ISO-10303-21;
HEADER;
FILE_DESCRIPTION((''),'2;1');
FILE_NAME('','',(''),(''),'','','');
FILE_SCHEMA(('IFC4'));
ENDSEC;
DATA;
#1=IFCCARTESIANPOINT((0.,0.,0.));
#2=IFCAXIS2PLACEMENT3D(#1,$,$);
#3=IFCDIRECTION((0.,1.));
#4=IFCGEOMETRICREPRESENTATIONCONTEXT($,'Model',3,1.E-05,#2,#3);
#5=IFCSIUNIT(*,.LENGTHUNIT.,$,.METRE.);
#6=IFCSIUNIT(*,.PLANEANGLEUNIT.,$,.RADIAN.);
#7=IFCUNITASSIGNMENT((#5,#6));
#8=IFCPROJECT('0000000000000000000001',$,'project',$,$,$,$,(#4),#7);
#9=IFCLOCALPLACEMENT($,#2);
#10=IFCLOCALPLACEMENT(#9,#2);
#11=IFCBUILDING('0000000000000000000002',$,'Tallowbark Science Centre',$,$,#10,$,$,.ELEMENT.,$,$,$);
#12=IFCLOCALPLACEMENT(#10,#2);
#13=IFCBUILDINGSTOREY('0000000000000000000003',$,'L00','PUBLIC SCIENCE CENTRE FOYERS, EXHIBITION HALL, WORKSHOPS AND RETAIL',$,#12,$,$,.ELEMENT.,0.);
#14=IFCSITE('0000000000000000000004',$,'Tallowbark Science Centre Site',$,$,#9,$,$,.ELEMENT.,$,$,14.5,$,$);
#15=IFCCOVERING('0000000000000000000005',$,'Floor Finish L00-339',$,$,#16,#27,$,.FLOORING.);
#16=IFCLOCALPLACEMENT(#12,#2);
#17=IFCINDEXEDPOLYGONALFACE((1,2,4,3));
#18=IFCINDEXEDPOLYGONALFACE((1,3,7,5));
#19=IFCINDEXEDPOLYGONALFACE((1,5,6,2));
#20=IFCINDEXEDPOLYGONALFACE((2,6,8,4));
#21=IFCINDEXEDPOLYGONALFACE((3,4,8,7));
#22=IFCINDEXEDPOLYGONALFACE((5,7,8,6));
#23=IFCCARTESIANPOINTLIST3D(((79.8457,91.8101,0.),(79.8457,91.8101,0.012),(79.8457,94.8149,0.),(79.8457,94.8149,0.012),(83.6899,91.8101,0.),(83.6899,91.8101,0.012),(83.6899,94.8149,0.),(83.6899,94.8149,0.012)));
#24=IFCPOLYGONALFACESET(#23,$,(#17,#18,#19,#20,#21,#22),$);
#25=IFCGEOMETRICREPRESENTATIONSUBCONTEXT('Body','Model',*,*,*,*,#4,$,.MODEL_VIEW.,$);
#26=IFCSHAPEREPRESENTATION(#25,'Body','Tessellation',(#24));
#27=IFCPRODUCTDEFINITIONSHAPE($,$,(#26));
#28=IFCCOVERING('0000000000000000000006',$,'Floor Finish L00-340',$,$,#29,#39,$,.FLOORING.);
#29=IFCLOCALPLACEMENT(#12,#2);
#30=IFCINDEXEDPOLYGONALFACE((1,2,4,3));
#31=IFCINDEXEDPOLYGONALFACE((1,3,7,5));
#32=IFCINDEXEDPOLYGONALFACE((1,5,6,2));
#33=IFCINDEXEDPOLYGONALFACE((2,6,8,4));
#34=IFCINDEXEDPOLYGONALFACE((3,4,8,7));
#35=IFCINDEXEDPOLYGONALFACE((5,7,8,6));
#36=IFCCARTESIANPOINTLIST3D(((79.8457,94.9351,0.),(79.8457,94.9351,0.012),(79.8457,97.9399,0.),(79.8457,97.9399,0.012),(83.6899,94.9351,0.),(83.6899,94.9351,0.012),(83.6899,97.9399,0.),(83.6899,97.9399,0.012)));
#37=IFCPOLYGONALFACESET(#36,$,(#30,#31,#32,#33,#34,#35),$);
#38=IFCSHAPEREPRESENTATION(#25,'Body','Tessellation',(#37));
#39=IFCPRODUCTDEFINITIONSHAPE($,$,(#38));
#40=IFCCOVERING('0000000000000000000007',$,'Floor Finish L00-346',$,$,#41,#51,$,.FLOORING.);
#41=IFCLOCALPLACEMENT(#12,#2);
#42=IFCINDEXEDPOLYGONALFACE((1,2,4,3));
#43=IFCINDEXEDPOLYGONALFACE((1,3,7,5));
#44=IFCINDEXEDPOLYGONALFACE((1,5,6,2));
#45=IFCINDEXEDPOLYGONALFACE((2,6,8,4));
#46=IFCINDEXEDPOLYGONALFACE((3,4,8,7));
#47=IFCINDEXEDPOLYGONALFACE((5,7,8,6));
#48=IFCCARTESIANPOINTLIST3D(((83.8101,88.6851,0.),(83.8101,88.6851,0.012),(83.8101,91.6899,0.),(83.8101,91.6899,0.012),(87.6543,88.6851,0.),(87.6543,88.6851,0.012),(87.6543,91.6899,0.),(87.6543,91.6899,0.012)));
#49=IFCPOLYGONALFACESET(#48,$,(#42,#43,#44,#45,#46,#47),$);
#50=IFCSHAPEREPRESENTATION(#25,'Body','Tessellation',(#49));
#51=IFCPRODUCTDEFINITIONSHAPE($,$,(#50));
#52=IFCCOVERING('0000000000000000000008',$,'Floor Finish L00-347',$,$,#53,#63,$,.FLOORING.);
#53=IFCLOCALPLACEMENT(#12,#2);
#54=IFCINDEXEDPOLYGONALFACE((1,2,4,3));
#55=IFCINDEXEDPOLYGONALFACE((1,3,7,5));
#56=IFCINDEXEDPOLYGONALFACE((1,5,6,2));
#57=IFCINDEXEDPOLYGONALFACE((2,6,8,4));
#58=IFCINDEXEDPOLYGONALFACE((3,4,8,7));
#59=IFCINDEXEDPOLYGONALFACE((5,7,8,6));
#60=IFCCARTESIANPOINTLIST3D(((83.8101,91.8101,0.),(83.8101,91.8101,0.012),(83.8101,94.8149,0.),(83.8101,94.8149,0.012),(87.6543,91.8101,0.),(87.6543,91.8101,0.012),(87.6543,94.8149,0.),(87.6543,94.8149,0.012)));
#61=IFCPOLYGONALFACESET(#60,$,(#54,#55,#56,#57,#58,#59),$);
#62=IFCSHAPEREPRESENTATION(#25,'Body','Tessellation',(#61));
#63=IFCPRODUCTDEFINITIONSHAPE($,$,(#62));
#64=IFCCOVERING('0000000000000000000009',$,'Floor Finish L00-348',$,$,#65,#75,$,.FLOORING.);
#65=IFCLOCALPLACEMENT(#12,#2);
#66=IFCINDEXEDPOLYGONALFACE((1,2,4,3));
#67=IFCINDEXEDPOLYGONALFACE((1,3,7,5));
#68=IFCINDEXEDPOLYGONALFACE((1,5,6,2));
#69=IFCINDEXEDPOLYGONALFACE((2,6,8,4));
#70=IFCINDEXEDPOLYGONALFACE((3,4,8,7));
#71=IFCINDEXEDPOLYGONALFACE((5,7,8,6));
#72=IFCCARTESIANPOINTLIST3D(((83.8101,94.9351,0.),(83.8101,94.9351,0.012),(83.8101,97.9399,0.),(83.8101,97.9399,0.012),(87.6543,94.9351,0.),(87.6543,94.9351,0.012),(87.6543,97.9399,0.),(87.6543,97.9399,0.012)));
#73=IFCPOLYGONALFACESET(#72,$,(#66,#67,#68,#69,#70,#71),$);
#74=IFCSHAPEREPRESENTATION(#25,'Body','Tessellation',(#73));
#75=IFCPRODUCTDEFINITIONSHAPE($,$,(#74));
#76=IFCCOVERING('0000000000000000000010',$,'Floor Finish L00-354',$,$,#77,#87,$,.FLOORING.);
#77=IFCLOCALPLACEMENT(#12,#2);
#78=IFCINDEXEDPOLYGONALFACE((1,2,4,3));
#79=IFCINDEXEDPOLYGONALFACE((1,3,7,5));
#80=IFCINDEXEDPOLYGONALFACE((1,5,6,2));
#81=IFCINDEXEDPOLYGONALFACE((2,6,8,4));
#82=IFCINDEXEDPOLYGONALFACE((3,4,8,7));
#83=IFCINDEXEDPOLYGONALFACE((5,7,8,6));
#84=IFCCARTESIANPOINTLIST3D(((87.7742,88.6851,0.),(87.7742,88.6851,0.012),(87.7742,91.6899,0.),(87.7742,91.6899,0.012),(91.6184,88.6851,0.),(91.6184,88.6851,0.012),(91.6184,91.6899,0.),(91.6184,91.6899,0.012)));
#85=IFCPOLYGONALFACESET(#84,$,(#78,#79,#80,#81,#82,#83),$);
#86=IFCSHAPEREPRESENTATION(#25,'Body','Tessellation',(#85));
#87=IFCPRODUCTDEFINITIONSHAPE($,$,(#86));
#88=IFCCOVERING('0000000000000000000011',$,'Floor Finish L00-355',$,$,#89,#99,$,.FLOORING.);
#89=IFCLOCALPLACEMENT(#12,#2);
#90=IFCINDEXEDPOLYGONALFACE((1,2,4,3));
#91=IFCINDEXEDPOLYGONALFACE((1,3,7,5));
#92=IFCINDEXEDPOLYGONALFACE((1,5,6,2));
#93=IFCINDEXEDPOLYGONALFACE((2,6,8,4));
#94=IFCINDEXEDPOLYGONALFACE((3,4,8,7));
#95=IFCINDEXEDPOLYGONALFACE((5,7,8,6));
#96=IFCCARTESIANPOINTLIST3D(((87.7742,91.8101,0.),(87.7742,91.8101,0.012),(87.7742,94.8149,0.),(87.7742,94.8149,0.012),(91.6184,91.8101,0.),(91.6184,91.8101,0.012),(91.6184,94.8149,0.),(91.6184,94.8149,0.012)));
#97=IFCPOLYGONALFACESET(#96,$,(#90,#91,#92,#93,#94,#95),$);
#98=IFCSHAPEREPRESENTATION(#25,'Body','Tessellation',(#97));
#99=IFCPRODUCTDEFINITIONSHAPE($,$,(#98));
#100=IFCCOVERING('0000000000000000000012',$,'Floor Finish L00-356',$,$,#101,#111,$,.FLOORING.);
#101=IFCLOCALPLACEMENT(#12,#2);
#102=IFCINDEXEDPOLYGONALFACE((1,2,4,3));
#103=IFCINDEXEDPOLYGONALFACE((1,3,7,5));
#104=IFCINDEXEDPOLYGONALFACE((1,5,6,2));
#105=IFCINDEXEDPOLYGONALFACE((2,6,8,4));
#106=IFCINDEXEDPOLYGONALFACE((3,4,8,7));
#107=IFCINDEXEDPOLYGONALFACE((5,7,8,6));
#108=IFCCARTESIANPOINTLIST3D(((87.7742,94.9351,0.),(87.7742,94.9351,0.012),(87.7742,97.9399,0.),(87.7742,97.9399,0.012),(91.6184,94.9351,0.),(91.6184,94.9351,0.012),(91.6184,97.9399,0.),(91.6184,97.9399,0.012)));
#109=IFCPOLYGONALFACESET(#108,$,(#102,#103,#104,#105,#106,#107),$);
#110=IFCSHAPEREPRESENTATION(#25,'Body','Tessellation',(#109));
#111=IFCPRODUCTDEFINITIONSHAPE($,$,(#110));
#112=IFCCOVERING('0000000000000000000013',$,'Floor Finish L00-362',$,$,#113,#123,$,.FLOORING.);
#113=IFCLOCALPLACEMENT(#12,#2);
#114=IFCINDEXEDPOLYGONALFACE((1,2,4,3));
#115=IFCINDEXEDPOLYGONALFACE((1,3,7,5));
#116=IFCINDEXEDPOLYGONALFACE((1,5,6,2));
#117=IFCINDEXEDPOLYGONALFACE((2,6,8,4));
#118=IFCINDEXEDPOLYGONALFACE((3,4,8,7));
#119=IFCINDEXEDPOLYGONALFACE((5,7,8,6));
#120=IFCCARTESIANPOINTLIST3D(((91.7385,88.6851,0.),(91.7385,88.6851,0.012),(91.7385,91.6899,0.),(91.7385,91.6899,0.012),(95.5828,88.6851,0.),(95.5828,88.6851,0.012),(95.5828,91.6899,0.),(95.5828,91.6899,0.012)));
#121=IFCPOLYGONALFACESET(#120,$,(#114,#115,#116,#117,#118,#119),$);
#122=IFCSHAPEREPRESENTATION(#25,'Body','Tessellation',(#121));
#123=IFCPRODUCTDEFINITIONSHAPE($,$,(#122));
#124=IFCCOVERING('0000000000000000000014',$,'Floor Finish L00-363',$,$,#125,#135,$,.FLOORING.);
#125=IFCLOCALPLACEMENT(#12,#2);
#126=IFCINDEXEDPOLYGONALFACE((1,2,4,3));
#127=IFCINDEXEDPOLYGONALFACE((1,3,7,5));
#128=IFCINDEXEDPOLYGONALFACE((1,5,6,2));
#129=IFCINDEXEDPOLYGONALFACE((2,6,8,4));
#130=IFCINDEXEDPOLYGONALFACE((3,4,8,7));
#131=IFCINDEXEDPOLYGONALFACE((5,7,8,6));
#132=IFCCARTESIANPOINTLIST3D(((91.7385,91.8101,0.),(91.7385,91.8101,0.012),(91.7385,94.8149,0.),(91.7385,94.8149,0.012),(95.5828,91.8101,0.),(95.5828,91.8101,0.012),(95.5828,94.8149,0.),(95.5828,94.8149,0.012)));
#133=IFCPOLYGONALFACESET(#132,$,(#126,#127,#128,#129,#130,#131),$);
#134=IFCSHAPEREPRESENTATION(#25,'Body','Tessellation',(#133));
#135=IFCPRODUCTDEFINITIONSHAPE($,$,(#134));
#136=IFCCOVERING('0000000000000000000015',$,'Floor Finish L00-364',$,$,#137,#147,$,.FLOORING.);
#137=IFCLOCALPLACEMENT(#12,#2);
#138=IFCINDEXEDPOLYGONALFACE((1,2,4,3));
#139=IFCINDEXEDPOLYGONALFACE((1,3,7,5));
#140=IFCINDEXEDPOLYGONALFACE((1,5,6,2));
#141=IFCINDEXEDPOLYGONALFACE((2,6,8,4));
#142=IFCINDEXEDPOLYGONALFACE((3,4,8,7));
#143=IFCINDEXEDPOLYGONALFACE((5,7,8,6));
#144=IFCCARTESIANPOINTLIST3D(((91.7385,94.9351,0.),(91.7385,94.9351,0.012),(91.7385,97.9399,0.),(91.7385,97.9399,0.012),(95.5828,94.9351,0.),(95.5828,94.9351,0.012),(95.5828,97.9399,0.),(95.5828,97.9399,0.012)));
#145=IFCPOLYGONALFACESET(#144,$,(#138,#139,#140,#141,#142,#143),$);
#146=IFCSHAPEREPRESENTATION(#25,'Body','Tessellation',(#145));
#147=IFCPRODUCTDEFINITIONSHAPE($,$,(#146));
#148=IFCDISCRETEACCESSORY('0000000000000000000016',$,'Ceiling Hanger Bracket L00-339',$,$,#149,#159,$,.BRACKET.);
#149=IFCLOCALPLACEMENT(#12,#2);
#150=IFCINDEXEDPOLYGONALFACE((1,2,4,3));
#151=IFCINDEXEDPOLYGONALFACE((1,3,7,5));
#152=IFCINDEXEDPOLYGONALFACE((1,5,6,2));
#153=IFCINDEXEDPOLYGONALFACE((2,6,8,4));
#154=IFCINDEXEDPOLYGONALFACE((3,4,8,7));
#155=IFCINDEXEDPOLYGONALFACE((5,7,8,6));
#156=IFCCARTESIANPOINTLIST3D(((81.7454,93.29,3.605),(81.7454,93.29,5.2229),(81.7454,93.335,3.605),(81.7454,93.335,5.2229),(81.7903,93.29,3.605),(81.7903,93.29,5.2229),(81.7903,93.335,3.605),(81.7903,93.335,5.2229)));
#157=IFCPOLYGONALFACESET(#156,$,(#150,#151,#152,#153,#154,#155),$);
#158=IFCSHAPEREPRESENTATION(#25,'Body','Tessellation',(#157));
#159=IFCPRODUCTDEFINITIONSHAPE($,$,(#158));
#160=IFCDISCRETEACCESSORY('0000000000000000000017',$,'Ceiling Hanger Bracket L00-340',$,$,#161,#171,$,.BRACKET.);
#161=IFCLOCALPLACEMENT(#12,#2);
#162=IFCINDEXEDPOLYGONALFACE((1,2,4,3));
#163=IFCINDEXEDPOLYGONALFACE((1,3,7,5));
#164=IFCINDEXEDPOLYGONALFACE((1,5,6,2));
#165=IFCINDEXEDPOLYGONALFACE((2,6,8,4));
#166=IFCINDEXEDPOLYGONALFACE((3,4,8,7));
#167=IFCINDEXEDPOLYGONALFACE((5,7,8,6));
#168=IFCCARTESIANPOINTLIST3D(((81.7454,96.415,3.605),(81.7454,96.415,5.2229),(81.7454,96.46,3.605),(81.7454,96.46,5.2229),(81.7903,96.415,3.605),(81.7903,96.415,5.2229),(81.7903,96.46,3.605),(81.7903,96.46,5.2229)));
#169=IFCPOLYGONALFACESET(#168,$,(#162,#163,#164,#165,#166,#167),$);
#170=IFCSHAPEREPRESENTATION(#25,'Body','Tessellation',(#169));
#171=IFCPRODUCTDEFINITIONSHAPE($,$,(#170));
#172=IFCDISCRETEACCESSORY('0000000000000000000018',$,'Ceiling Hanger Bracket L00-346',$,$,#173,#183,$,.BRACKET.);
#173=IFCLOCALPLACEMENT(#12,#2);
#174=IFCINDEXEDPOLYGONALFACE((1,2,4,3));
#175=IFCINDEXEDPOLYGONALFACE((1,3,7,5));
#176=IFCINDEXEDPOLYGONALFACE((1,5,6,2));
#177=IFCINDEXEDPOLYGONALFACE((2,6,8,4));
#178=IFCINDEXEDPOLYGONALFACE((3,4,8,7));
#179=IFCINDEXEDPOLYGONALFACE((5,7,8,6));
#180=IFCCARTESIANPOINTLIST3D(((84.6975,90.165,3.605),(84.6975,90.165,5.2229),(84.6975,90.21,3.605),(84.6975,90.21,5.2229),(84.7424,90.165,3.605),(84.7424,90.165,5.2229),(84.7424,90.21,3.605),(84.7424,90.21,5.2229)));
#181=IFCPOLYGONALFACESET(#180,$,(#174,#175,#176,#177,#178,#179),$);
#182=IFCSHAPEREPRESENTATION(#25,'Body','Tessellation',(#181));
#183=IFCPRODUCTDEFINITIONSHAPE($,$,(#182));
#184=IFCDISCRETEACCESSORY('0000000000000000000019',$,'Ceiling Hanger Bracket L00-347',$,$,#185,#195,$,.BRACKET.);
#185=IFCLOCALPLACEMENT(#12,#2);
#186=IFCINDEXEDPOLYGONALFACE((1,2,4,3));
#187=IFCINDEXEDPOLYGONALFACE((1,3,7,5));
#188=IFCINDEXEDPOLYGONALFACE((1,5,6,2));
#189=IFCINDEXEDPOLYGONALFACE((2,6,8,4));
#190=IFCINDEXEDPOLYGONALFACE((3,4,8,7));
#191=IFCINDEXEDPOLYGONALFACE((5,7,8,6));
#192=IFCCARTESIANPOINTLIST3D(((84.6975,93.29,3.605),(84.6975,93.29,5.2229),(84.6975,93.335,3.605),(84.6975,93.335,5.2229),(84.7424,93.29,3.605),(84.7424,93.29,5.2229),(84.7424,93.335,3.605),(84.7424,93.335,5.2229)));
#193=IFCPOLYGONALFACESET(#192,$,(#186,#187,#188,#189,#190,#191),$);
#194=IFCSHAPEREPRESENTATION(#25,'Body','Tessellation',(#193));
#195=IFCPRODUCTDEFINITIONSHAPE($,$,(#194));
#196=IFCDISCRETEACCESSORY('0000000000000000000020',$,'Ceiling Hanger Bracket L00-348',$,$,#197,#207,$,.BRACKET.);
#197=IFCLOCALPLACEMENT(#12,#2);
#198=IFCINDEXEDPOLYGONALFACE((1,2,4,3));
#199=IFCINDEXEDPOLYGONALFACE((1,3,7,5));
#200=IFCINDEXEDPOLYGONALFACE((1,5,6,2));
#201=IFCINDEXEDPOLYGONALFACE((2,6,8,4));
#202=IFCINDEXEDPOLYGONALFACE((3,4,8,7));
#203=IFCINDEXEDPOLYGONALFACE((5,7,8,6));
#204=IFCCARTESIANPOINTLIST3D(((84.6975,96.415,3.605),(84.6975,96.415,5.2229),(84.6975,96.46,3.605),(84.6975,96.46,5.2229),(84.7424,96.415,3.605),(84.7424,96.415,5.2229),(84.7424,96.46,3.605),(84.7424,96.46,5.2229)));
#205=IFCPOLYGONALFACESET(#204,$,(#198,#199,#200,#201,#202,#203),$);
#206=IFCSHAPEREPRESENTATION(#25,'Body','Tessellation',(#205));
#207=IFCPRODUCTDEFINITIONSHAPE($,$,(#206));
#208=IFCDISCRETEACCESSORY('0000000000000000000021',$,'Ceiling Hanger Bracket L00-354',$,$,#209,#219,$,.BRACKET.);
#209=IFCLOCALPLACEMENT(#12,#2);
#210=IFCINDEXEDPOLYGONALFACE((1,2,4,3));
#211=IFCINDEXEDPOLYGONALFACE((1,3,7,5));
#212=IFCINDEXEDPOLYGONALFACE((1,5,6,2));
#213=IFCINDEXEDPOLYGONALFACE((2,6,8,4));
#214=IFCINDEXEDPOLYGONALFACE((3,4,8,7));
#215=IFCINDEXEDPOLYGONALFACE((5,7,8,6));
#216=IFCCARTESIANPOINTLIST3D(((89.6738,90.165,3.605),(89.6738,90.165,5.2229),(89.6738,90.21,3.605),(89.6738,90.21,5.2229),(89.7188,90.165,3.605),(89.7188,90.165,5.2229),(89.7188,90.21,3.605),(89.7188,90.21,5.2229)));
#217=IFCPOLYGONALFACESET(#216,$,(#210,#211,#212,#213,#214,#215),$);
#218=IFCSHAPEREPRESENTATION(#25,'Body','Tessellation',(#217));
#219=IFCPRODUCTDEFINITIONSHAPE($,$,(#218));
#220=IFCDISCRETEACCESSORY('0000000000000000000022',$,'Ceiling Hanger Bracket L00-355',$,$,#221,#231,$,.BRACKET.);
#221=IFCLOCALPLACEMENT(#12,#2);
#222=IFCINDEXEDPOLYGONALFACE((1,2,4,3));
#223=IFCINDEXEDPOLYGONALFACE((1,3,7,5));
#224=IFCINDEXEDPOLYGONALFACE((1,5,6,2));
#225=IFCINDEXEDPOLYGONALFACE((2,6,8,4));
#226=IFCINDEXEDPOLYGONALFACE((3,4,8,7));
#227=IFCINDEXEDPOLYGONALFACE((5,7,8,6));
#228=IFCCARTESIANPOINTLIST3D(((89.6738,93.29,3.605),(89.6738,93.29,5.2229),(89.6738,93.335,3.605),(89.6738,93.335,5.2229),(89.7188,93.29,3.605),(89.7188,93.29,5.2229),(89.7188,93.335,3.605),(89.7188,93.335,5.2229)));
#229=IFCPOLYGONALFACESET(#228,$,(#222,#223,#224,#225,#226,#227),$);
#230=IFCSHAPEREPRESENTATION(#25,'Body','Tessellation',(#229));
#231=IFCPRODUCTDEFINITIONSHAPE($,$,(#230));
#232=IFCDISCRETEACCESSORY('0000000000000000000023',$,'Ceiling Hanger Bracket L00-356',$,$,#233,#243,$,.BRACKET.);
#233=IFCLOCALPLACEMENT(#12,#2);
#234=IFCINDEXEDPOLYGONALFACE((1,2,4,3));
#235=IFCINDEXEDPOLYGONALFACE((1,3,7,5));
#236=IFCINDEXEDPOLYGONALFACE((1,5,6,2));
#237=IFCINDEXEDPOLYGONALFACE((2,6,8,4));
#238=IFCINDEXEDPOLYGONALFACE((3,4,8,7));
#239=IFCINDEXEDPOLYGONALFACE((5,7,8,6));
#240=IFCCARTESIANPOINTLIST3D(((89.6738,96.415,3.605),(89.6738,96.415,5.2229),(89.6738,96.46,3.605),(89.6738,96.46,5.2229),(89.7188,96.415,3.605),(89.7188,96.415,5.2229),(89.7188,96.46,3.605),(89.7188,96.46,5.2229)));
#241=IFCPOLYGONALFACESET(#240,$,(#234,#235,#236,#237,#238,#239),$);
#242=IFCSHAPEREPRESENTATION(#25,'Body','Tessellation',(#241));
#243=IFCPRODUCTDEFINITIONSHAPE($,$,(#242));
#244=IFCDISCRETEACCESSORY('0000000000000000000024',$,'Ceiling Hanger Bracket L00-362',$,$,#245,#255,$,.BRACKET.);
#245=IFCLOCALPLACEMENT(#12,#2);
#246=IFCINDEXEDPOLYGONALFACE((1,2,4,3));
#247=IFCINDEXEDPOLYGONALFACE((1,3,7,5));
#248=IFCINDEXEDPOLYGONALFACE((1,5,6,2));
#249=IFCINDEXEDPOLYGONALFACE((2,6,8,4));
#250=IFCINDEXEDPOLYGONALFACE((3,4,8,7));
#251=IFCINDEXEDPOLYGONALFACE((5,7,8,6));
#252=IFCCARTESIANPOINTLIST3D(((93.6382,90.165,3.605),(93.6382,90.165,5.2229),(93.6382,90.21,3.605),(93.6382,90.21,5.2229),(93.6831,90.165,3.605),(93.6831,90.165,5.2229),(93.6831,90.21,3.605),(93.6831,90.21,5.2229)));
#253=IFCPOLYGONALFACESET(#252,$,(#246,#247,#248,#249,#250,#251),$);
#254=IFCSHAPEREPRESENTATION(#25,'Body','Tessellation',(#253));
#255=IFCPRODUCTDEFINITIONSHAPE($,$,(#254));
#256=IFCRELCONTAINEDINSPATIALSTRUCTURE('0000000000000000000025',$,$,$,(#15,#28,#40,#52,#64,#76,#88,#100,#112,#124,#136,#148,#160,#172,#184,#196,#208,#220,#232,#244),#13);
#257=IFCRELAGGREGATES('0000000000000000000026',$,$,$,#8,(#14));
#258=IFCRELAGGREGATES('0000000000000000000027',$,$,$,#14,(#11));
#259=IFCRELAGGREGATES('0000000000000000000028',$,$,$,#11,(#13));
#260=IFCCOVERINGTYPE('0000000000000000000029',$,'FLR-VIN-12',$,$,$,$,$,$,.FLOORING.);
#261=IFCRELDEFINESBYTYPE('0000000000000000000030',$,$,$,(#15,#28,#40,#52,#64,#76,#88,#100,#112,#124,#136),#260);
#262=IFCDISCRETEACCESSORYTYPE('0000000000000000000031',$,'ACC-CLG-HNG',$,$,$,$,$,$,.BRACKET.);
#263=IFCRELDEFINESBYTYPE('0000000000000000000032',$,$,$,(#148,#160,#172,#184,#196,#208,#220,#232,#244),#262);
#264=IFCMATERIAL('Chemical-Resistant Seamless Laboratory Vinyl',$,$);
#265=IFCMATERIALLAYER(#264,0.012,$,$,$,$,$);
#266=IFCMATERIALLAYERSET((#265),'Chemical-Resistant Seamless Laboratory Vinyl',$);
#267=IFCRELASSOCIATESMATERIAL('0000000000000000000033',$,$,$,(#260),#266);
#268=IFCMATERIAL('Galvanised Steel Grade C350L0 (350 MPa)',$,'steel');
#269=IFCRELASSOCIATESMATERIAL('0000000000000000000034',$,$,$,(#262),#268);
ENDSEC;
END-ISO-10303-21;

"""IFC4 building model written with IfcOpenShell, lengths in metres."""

from ifc_helpers import new_model, si_unit, direction, frame, origin, origin_2d, place, context, subcontext, project, spatial, rectangle, extrude, material, layer, layer_set, type_object, element, save


model = new_model("IFC4")

# Units and contexts
model_context = context("Model", 3, precision=1e-05, world=origin(), true_north=direction((0.0, 1.0)))
body_context = subcontext(model_context, "Body", "Model", "MODEL_VIEW")
ifc_project = project(units=[si_unit("LENGTHUNIT", "METRE"), si_unit("PLANEANGLEUNIT", "RADIAN")], contexts=[model_context])

# Site, building, storey
site_placement = place(None, origin())
site = spatial("IfcSite", under=ifc_project, at=site_placement, Name="Tallowbark Science Centre Site", CompositionType="ELEMENT", RefElevation=14.5)
building_placement = place(site_placement, origin())
building = spatial("IfcBuilding", under=site, at=building_placement, Name="Tallowbark Science Centre", CompositionType="ELEMENT")
storey_placement = place(building_placement, origin())
storey = spatial("IfcBuildingStorey", under=building, at=storey_placement, Name="L00", Description="PUBLIC SCIENCE CENTRE FOYERS, EXHIBITION HALL, WORKSHOPS AND RETAIL", CompositionType="ELEMENT", Elevation=0.0)

# Coverings
ifc_material_1 = material(Name="Chemical-Resistant Seamless Laboratory Vinyl")
ifc_layer_1 = layer(ifc_material_1, 0.012)
ifc_layer_set_1 = layer_set([ifc_layer_1], Name="Chemical-Resistant Seamless Laboratory Vinyl")
covering_type_1 = type_object("IfcCoveringType", Name="FLR-VIN-12", PredefinedType="FLOORING", material=ifc_layer_set_1)
for number, where, z_axis, x_axis, name in (
    (1, (81.7678, 93.3125, 0.0), (0.0, 0.0, 1.0), (1.0, 0.0, 0.0), "Floor Finish L00-339"),
    (2, (81.7678, 96.4375, 0.0), (0.0, 0.0, 1.0), (1.0, 0.0, 0.0), "Floor Finish L00-340"),
    (3, (85.7322, 90.1875, 0.0), (0.0, 0.0, 1.0), (1.0, 0.0, 0.0), "Floor Finish L00-346"),
    (4, (85.7322, 93.3125, 0.0), (0.0, 0.0, 1.0), (1.0, 0.0, 0.0), "Floor Finish L00-347"),
    (5, (85.7322, 96.4375, 0.0), (0.0, 0.0, 1.0), (1.0, 0.0, 0.0), "Floor Finish L00-348"),
    (6, (89.6963, 90.1875, 0.0), (0.0, 0.0, 1.0), (1.0, 0.0, 0.0), "Floor Finish L00-354"),
    (7, (89.6963, 93.3125, 0.0), (0.0, 0.0, 1.0), (1.0, 0.0, 0.0), "Floor Finish L00-355"),
    (8, (89.6963, 96.4375, 0.0), (0.0, 0.0, 1.0), (1.0, 0.0, 0.0), "Floor Finish L00-356"),
    (9, (93.6606, 90.1875, 0.0), (0.0, 0.0, 1.0), (1.0, 0.0, 0.0), "Floor Finish L00-362"),
    (10, (93.6606, 93.3125, 0.0), (0.0, 0.0, 1.0), (1.0, 0.0, 0.0), "Floor Finish L00-363"),
    (11, (93.6606, 96.4375, 0.0), (0.0, 0.0, 1.0), (1.0, 0.0, 0.0), "Floor Finish L00-364"),
):
    element("IfcCovering", number, at=place(storey_placement, frame(where, z_axis=z_axis, x_axis=x_axis)), inside=storey, type_object=covering_type_1, Name=name, PredefinedType="FLOORING", context=body_context, shape_type="SweptSolid", body=[
        extrude(rectangle(XDim=3.8442, YDim=3.0049, at=origin_2d()), origin(), (0.0, 0.0, 1.0), 0.012),
    ])

# Discrete accessories
ifc_material_2 = material(Name="Galvanised Steel Grade C350L0 (350 MPa)", Category="steel")
discrete_accessory_type = type_object("IfcDiscreteAccessoryType", Name="ACC-CLG-HNG", PredefinedType="BRACKET", material=ifc_material_2)
for number, where, z_axis, x_axis, name in (
    (12, (81.7678, 93.3125, 3.605), (0.0, 0.0, 1.0), (1.0, 0.0, 0.0), "Ceiling Hanger Bracket L00-339"),
    (13, (81.7678, 96.4375, 3.605), (0.0, 0.0, 1.0), (1.0, 0.0, 0.0), "Ceiling Hanger Bracket L00-340"),
    (14, (84.72, 90.1875, 3.605), (0.0, 0.0, 1.0), (1.0, 0.0, 0.0), "Ceiling Hanger Bracket L00-346"),
    (15, (84.72, 93.3125, 3.605), (0.0, 0.0, 1.0), (1.0, 0.0, 0.0), "Ceiling Hanger Bracket L00-347"),
    (16, (84.72, 96.4375, 3.605), (0.0, 0.0, 1.0), (1.0, 0.0, 0.0), "Ceiling Hanger Bracket L00-348"),
    (17, (89.6963, 90.1875, 3.605), (0.0, 0.0, 1.0), (1.0, 0.0, 0.0), "Ceiling Hanger Bracket L00-354"),
    (18, (89.6963, 93.3125, 3.605), (0.0, 0.0, 1.0), (1.0, 0.0, 0.0), "Ceiling Hanger Bracket L00-355"),
    (19, (89.6963, 96.4375, 3.605), (0.0, 0.0, 1.0), (1.0, 0.0, 0.0), "Ceiling Hanger Bracket L00-356"),
    (20, (93.6606, 90.1875, 3.605), (0.0, 0.0, 1.0), (1.0, 0.0, 0.0), "Ceiling Hanger Bracket L00-362"),
):
    element("IfcDiscreteAccessory", number, at=place(storey_placement, frame(where, z_axis=z_axis, x_axis=x_axis)), inside=storey, type_object=discrete_accessory_type, Name=name, PredefinedType="BRACKET", context=body_context, shape_type="SweptSolid", body=[
        extrude(rectangle(XDim=0.0449, YDim=0.0449, at=origin_2d()), origin(), (0.0, 0.0, 1.0), 1.6179),
    ])

save(model, "model.ifc")
